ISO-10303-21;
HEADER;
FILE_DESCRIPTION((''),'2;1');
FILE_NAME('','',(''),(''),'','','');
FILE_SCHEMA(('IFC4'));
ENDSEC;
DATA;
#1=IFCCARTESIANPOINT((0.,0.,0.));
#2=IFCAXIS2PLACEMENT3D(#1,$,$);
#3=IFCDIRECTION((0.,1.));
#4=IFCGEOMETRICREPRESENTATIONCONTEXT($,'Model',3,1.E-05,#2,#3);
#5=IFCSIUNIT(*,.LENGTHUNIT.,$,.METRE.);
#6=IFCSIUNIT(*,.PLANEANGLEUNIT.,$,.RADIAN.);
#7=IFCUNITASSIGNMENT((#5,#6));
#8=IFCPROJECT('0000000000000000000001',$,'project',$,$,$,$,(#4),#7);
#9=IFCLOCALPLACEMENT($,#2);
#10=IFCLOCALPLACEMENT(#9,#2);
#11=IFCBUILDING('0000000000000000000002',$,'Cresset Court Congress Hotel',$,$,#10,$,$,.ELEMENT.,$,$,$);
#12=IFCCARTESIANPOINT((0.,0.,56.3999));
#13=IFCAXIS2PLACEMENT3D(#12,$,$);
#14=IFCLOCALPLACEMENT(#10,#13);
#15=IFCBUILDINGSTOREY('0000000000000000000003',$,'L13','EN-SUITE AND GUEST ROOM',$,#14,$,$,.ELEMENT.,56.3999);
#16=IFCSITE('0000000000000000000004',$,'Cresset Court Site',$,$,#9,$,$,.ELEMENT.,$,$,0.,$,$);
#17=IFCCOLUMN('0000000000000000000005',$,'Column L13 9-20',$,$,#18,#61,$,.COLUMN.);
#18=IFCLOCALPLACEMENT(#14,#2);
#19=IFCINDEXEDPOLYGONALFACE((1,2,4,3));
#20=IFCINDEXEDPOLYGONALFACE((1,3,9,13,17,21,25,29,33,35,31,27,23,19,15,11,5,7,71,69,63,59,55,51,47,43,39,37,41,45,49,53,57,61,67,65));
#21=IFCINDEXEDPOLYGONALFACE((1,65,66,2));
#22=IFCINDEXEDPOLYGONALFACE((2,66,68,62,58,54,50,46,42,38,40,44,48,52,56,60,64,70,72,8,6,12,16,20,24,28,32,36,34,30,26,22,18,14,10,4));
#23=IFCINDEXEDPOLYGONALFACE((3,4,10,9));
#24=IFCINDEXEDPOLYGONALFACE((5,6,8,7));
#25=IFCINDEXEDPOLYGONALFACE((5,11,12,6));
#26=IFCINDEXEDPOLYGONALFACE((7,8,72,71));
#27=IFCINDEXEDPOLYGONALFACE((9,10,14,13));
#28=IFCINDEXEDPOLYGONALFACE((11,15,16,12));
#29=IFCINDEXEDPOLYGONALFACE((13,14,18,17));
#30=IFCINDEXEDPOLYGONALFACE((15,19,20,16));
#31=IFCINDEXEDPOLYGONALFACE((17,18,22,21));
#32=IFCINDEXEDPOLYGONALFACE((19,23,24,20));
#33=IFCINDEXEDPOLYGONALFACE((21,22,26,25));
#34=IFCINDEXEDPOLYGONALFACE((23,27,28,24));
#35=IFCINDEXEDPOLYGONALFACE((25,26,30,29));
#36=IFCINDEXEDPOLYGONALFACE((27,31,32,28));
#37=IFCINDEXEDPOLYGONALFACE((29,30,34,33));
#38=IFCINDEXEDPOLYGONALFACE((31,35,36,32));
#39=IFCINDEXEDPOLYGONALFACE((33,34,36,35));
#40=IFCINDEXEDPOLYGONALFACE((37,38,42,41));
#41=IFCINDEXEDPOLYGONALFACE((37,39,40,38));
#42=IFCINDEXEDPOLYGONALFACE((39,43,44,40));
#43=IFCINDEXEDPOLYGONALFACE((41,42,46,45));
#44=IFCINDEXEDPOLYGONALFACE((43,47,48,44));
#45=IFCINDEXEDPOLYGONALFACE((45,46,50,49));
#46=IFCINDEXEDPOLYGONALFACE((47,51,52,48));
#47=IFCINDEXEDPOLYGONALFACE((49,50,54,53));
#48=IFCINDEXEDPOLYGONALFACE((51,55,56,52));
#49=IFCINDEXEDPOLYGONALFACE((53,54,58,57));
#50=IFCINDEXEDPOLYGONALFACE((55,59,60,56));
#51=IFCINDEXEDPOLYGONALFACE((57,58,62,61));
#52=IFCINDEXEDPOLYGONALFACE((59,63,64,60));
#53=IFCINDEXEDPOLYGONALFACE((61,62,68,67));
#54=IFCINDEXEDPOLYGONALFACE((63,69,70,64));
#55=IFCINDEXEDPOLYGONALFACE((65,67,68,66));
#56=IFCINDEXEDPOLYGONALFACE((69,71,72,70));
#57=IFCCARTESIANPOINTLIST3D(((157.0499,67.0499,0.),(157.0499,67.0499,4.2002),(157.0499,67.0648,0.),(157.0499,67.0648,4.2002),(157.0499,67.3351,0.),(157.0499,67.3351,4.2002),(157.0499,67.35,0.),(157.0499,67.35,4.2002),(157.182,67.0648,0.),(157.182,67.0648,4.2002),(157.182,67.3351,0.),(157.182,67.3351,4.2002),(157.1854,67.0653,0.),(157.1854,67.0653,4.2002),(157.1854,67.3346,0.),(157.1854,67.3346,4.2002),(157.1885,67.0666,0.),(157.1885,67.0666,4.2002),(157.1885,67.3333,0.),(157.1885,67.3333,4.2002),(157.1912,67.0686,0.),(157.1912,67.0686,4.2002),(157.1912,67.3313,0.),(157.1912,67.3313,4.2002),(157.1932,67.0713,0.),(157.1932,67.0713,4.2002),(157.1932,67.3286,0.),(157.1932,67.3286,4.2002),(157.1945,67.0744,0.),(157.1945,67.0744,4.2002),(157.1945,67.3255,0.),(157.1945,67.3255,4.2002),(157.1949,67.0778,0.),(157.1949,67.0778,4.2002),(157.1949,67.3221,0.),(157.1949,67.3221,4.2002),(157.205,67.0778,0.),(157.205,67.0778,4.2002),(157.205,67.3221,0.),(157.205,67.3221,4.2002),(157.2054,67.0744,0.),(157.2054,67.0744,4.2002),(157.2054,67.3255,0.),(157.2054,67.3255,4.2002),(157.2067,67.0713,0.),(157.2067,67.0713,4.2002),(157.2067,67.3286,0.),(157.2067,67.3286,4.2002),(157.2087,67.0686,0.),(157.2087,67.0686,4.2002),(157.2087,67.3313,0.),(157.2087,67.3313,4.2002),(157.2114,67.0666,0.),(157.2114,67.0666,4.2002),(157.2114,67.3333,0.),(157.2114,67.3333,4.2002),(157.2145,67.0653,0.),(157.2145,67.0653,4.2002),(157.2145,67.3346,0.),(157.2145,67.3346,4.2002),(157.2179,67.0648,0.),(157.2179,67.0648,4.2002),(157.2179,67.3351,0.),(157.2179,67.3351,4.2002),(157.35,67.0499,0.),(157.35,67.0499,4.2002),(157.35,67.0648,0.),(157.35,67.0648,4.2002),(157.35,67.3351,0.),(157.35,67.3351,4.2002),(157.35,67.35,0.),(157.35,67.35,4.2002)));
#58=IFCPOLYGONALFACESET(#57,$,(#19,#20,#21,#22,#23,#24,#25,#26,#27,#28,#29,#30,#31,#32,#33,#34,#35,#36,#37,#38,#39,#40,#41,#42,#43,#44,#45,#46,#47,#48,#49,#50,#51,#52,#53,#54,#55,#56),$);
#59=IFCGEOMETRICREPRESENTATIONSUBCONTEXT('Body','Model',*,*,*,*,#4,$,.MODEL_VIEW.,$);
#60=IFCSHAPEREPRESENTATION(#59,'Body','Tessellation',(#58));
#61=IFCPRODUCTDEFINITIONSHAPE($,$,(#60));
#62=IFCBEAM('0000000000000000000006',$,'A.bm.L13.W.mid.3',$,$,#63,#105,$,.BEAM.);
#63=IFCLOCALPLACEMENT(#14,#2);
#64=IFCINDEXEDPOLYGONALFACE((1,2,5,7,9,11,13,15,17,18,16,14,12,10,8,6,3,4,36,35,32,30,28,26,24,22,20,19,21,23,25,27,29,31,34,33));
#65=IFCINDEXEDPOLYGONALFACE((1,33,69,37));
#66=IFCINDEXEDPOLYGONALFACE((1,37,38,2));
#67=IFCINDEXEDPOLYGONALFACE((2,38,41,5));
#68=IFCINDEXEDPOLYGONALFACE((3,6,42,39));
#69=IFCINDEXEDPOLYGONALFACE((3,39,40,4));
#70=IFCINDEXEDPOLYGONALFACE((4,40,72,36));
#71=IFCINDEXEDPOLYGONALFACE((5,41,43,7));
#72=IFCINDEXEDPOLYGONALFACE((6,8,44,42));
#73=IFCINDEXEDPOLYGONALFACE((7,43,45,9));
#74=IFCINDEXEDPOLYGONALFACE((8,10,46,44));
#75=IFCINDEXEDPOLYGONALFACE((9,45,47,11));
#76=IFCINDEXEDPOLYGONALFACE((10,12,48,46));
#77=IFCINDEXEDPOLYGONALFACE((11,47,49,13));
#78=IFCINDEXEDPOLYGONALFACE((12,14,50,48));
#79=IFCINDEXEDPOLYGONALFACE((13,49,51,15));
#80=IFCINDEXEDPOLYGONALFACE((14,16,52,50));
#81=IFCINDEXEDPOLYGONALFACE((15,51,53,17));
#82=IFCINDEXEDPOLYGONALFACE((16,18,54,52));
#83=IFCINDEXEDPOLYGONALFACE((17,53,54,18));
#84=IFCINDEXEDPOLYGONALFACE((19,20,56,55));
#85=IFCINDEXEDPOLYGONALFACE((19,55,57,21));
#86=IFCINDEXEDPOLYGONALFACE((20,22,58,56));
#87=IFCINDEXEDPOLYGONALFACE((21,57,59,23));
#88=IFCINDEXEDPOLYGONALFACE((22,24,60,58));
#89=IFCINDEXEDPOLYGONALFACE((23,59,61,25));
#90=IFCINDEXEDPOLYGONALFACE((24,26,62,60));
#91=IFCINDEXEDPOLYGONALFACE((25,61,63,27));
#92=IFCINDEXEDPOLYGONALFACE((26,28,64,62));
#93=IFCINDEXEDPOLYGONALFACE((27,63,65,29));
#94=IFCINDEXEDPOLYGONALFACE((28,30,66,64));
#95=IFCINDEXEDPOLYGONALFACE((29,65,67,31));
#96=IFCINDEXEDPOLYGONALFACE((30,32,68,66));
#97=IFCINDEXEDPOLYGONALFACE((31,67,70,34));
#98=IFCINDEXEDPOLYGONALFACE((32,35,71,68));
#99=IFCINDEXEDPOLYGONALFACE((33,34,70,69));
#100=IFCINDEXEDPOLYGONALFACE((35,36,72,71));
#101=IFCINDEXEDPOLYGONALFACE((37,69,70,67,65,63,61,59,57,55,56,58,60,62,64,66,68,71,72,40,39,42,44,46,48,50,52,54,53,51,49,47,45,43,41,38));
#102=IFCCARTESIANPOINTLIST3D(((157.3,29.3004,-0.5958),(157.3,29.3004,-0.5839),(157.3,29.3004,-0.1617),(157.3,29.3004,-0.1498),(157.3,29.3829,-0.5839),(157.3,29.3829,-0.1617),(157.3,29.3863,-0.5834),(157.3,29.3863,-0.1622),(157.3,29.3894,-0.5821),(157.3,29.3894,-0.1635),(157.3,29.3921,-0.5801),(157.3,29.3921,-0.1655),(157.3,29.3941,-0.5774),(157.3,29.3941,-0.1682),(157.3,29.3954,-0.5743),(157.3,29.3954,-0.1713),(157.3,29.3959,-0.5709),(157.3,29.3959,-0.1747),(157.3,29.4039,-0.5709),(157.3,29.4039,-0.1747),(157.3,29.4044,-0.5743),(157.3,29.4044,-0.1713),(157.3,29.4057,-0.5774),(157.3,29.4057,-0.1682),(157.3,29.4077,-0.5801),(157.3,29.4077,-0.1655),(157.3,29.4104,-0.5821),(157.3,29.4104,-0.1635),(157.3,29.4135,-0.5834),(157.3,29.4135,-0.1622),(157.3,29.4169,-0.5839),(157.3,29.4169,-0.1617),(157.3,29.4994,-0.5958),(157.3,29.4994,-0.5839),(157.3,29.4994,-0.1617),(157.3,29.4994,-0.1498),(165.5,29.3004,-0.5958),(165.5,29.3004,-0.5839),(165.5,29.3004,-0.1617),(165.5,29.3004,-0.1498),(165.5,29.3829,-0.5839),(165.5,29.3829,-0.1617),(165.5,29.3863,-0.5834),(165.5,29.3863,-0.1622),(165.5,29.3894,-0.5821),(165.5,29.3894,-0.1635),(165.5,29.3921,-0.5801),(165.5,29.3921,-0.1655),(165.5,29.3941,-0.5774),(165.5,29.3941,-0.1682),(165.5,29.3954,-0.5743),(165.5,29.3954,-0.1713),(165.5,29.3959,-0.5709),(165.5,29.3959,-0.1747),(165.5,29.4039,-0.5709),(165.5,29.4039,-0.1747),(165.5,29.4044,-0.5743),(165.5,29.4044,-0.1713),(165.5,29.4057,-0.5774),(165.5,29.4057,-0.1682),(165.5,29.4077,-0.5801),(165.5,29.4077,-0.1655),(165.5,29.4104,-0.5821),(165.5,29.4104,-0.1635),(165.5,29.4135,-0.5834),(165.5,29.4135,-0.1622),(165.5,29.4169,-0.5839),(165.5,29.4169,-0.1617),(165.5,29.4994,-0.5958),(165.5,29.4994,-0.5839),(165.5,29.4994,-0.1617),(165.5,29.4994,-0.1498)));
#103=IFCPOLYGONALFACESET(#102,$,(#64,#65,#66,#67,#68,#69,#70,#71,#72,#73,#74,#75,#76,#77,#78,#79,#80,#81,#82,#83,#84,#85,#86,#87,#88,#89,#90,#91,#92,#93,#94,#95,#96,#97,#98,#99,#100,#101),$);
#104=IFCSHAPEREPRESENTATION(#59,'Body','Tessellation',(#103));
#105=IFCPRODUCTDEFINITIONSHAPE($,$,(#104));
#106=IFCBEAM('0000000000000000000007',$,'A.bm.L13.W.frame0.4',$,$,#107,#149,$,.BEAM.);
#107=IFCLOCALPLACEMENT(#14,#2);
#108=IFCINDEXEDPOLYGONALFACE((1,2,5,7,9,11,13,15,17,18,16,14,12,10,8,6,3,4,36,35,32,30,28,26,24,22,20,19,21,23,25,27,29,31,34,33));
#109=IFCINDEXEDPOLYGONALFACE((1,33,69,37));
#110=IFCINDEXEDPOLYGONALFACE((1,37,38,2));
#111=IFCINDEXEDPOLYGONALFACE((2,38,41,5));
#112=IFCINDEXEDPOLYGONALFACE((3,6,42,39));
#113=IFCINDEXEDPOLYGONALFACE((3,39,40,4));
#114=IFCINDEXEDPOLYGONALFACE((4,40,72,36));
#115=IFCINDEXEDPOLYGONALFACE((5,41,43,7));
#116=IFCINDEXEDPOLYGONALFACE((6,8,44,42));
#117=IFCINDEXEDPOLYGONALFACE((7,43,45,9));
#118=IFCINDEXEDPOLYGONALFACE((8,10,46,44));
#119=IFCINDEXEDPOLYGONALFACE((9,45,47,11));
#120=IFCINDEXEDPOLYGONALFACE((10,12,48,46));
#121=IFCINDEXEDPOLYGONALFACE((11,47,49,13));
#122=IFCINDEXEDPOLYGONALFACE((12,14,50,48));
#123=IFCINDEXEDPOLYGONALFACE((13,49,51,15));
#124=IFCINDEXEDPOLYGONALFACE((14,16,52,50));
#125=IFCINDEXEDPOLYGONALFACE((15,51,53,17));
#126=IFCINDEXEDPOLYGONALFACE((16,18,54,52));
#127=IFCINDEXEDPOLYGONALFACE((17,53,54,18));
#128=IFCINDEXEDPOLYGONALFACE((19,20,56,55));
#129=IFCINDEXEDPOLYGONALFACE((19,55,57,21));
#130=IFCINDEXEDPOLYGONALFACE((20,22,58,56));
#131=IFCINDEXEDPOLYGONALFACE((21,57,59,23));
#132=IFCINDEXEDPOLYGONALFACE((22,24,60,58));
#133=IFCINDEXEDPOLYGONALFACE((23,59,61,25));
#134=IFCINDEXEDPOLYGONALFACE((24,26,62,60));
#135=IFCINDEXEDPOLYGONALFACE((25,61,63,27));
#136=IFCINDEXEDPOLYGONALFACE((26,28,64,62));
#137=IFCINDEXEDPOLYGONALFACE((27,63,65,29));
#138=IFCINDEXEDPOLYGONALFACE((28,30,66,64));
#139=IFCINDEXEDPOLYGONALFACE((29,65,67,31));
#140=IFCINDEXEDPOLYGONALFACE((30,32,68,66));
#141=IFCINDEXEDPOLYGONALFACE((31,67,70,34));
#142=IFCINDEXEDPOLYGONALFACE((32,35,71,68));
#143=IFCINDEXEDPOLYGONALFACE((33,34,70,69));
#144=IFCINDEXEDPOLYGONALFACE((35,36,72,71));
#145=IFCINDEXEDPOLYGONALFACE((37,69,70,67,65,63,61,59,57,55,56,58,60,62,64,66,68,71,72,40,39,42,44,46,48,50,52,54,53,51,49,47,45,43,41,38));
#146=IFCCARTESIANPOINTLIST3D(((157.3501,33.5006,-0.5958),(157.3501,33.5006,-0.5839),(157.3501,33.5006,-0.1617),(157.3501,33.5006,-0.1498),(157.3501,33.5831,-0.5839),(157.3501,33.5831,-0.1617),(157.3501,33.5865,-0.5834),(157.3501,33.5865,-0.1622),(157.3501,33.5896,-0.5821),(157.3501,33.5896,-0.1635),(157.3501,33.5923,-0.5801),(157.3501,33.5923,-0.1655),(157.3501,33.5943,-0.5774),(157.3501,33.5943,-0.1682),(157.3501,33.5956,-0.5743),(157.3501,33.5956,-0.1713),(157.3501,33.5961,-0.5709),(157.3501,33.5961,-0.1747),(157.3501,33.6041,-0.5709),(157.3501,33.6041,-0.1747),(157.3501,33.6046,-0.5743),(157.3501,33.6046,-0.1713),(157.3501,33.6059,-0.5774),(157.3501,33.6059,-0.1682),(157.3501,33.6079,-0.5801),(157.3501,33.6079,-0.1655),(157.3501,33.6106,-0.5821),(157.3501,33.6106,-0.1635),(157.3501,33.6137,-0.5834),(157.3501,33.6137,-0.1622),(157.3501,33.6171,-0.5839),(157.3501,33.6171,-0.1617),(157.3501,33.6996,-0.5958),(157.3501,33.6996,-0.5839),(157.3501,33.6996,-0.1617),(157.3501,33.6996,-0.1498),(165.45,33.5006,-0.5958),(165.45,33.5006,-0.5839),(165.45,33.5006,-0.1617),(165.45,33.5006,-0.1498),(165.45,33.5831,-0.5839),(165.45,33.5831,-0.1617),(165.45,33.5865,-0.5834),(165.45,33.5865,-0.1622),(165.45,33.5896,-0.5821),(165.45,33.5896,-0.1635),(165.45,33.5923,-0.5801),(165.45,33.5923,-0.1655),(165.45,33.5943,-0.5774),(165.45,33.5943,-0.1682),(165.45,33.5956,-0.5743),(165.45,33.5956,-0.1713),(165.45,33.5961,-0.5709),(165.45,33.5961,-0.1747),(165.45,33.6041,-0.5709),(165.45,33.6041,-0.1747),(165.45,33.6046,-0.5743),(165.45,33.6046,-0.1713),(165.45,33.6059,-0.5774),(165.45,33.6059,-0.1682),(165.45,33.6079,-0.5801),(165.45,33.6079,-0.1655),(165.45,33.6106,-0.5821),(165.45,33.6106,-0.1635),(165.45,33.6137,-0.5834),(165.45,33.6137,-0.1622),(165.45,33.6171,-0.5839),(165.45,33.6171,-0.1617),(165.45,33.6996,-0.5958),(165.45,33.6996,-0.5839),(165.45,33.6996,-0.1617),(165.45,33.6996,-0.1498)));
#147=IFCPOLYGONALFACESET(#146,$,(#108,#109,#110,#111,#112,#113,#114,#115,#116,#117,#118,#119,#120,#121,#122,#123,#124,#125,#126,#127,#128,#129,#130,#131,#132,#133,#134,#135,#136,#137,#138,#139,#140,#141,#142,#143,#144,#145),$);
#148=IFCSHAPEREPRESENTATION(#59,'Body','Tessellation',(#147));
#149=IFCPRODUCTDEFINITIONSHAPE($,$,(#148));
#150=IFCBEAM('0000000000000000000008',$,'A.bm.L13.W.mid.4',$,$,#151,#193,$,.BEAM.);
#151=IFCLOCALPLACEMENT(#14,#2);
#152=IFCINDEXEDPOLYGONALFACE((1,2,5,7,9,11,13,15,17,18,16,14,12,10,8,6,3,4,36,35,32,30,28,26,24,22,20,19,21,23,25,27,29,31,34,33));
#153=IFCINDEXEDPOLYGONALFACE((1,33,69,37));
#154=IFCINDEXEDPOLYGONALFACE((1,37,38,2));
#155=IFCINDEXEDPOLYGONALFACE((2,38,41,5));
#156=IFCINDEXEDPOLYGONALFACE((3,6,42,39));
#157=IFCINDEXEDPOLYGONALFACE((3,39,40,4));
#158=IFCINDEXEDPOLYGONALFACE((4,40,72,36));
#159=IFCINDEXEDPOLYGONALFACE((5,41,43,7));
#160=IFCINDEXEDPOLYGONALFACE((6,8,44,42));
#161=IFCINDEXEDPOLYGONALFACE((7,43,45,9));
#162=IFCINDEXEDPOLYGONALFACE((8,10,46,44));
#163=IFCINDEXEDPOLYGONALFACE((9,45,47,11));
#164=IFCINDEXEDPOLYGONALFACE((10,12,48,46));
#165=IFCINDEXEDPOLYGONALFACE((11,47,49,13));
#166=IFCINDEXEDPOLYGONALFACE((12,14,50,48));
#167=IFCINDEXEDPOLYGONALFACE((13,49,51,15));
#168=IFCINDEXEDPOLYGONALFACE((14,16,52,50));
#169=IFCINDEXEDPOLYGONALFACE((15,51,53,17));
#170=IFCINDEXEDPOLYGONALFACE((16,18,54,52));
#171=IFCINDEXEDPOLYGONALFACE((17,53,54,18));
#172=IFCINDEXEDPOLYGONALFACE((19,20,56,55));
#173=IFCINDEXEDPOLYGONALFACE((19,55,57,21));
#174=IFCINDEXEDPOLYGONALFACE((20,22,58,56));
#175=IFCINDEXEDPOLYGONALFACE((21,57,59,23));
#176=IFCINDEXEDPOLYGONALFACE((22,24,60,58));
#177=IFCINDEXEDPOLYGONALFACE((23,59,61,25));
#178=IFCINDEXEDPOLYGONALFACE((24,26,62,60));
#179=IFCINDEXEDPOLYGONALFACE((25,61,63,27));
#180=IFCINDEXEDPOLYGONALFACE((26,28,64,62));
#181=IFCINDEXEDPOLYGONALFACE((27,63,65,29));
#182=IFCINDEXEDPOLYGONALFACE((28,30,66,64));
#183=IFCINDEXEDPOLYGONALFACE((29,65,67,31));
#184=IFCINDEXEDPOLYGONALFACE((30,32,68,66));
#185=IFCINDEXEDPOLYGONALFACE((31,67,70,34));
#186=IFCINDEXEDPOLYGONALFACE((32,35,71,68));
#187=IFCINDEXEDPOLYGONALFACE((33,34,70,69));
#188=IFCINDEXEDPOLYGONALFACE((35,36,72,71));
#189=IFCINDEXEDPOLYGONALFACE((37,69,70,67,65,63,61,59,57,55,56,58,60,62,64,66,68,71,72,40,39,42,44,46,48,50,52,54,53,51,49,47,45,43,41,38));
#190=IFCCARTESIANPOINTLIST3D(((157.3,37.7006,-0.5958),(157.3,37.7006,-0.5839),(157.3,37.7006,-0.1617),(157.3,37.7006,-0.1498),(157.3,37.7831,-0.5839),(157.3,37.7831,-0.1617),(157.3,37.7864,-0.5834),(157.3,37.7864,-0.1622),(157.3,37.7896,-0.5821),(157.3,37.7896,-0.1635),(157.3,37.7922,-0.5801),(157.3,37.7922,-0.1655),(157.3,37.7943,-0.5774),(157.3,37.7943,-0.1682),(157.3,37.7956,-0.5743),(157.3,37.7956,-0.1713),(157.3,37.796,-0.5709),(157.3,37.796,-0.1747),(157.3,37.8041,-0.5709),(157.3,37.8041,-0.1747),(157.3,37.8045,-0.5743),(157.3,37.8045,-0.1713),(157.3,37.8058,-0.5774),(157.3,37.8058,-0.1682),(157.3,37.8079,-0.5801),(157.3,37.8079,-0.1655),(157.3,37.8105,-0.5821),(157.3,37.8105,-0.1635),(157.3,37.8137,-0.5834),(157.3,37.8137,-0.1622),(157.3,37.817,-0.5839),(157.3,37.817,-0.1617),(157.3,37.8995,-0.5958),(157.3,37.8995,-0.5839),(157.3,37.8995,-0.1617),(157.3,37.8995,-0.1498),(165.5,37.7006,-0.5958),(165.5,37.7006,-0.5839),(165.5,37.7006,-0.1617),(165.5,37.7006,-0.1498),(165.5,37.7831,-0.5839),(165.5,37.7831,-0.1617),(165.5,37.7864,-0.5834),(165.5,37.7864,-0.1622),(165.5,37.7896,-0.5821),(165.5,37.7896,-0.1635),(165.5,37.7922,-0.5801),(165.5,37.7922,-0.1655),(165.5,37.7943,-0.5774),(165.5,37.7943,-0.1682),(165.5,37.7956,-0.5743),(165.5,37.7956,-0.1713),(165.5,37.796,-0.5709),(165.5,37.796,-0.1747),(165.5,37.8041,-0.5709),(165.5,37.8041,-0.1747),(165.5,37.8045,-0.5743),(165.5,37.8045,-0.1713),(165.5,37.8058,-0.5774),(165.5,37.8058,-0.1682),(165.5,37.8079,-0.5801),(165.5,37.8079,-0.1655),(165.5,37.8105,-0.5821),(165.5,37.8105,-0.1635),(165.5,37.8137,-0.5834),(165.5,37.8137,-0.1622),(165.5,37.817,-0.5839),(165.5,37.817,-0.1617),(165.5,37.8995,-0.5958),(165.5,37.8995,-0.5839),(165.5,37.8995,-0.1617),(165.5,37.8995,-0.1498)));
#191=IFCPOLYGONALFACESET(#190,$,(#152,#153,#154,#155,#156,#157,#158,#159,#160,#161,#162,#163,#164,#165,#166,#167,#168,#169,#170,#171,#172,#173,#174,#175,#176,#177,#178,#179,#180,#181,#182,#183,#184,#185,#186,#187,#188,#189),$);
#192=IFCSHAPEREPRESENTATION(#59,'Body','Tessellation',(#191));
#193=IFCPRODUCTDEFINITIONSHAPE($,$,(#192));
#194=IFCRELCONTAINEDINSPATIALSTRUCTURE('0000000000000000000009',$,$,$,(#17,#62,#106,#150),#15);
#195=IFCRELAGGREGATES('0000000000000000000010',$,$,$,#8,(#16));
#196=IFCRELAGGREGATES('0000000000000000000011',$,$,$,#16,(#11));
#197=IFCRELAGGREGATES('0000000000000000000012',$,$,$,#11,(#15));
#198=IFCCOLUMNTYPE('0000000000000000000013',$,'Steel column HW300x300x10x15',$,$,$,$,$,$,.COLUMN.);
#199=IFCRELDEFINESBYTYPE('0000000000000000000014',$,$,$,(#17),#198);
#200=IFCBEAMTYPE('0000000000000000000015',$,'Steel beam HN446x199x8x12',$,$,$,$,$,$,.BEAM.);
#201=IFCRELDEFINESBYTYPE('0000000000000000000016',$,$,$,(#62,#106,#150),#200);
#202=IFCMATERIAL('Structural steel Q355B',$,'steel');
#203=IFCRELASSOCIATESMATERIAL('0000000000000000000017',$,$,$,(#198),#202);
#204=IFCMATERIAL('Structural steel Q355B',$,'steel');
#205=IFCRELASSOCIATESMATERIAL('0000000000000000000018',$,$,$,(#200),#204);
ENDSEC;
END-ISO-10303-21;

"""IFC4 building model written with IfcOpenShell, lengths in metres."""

from ifc_helpers import new_model, si_unit, direction, frame, origin, origin_2d, place, context, subcontext, project, spatial, i_section, extrude, material, material_profile, profile_set, type_object, element, save


model = new_model("IFC4")

# Units and contexts
model_context = context("Model", 3, precision=1e-05, world=origin(), true_north=direction((0.0, 1.0)))
body_context = subcontext(model_context, "Body", "Model", "MODEL_VIEW")
ifc_project = project(units=[si_unit("LENGTHUNIT", "METRE"), si_unit("PLANEANGLEUNIT", "RADIAN")], contexts=[model_context])

# Site, building, storey
site_placement = place(None, origin())
site = spatial("IfcSite", under=ifc_project, at=site_placement, Name="Cresset Court Site", CompositionType="ELEMENT", RefElevation=0.0)
building_placement = place(site_placement, origin())
building = spatial("IfcBuilding", under=site, at=building_placement, Name="Cresset Court Congress Hotel", CompositionType="ELEMENT")
storey_placement = place(building_placement, frame((0.0, 0.0, 56.3999)))
storey = spatial("IfcBuildingStorey", under=building, at=storey_placement, Name="L13", Description="EN-SUITE AND GUEST ROOM", CompositionType="ELEMENT", Elevation=56.3999)

# Column
ifc_material_1 = material(Name="Structural steel Q355B", Category="steel")
ifc_material_profile_1 = material_profile(ifc_material_1, i_section(OverallWidth=0.3, OverallDepth=0.3, WebThickness=0.01, FlangeThickness=0.0149, FilletRadius=0.0129, at=origin_2d()), Name="HW300x300x10x15")
ifc_profile_set_1 = profile_set([ifc_material_profile_1], Name="Structural steel Q355B")
column_type = type_object("IfcColumnType", Name="Steel column HW300x300x10x15", PredefinedType="COLUMN", material=ifc_profile_set_1)
for number, where, z_axis, x_axis, name in (
    (1, (157.2, 67.2, 0.0), (0.0, 0.0, 1.0), (1.0, 0.0, 0.0), "Column L13 9-20"),
):
    element("IfcColumn", number, at=place(storey_placement, frame(where, z_axis=z_axis, x_axis=x_axis)), inside=storey, type_object=column_type, Name=name, PredefinedType="COLUMN", context=body_context, shape_type="SweptSolid", body=[
        extrude(i_section(OverallWidth=0.3, OverallDepth=0.3, WebThickness=0.01, FlangeThickness=0.0149, FilletRadius=0.0129, at=origin_2d()), origin(), (0.0, 0.0, 1.0), 4.2002),
    ])

# Beams
ifc_material_2 = material(Name="Structural steel Q355B", Category="steel")
ifc_material_profile_2 = material_profile(ifc_material_2, i_section(OverallWidth=0.199, OverallDepth=0.446, WebThickness=0.0081, FlangeThickness=0.012, FilletRadius=0.0129, at=origin_2d()), Name="HN446x199x8x12")
ifc_profile_set_2 = profile_set([ifc_material_profile_2], Name="Structural steel Q355B")
beam_type_1 = type_object("IfcBeamType", Name="Steel beam HN446x199x8x12", PredefinedType="BEAM", material=ifc_profile_set_2)
beam_1_placement = place(storey_placement, frame((157.3, 29.3999, -0.3728), z_axis=(1.0, 0.0, 0.0), x_axis=(0.0, 1.0, 0.0)))
element("IfcBeam", 2, at=beam_1_placement, inside=storey, type_object=beam_type_1, Name="A.bm.L13.W.mid.3", PredefinedType="BEAM", context=body_context, shape_type="SweptSolid", body=[
    extrude(i_section(OverallWidth=0.199, OverallDepth=0.446, WebThickness=0.0081, FlangeThickness=0.012, FilletRadius=0.0129, at=origin_2d()), origin(), (0.0, 0.0, 1.0), 8.2),
])
beam_2_placement = place(storey_placement, frame((157.3501, 33.6001, -0.3728), z_axis=(1.0, 0.0, 0.0), x_axis=(0.0, 1.0, 0.0)))
element("IfcBeam", 3, at=beam_2_placement, inside=storey, type_object=beam_type_1, Name="A.bm.L13.W.frame0.4", PredefinedType="BEAM", context=body_context, shape_type="SweptSolid", body=[
    extrude(i_section(OverallWidth=0.199, OverallDepth=0.446, WebThickness=0.0081, FlangeThickness=0.012, FilletRadius=0.0129, at=origin_2d()), origin(), (0.0, 0.0, 1.0), 8.0999),
])
beam_3_placement = place(storey_placement, frame((157.3, 37.8, -0.3728), z_axis=(1.0, 0.0, 0.0), x_axis=(0.0, 1.0, 0.0)))
element("IfcBeam", 4, at=beam_3_placement, inside=storey, type_object=beam_type_1, Name="A.bm.L13.W.mid.4", PredefinedType="BEAM", context=body_context, shape_type="SweptSolid", body=[
    extrude(i_section(OverallWidth=0.199, OverallDepth=0.446, WebThickness=0.0081, FlangeThickness=0.012, FilletRadius=0.0129, at=origin_2d()), origin(), (0.0, 0.0, 1.0), 8.2),
])

save(model, "model.ifc")
